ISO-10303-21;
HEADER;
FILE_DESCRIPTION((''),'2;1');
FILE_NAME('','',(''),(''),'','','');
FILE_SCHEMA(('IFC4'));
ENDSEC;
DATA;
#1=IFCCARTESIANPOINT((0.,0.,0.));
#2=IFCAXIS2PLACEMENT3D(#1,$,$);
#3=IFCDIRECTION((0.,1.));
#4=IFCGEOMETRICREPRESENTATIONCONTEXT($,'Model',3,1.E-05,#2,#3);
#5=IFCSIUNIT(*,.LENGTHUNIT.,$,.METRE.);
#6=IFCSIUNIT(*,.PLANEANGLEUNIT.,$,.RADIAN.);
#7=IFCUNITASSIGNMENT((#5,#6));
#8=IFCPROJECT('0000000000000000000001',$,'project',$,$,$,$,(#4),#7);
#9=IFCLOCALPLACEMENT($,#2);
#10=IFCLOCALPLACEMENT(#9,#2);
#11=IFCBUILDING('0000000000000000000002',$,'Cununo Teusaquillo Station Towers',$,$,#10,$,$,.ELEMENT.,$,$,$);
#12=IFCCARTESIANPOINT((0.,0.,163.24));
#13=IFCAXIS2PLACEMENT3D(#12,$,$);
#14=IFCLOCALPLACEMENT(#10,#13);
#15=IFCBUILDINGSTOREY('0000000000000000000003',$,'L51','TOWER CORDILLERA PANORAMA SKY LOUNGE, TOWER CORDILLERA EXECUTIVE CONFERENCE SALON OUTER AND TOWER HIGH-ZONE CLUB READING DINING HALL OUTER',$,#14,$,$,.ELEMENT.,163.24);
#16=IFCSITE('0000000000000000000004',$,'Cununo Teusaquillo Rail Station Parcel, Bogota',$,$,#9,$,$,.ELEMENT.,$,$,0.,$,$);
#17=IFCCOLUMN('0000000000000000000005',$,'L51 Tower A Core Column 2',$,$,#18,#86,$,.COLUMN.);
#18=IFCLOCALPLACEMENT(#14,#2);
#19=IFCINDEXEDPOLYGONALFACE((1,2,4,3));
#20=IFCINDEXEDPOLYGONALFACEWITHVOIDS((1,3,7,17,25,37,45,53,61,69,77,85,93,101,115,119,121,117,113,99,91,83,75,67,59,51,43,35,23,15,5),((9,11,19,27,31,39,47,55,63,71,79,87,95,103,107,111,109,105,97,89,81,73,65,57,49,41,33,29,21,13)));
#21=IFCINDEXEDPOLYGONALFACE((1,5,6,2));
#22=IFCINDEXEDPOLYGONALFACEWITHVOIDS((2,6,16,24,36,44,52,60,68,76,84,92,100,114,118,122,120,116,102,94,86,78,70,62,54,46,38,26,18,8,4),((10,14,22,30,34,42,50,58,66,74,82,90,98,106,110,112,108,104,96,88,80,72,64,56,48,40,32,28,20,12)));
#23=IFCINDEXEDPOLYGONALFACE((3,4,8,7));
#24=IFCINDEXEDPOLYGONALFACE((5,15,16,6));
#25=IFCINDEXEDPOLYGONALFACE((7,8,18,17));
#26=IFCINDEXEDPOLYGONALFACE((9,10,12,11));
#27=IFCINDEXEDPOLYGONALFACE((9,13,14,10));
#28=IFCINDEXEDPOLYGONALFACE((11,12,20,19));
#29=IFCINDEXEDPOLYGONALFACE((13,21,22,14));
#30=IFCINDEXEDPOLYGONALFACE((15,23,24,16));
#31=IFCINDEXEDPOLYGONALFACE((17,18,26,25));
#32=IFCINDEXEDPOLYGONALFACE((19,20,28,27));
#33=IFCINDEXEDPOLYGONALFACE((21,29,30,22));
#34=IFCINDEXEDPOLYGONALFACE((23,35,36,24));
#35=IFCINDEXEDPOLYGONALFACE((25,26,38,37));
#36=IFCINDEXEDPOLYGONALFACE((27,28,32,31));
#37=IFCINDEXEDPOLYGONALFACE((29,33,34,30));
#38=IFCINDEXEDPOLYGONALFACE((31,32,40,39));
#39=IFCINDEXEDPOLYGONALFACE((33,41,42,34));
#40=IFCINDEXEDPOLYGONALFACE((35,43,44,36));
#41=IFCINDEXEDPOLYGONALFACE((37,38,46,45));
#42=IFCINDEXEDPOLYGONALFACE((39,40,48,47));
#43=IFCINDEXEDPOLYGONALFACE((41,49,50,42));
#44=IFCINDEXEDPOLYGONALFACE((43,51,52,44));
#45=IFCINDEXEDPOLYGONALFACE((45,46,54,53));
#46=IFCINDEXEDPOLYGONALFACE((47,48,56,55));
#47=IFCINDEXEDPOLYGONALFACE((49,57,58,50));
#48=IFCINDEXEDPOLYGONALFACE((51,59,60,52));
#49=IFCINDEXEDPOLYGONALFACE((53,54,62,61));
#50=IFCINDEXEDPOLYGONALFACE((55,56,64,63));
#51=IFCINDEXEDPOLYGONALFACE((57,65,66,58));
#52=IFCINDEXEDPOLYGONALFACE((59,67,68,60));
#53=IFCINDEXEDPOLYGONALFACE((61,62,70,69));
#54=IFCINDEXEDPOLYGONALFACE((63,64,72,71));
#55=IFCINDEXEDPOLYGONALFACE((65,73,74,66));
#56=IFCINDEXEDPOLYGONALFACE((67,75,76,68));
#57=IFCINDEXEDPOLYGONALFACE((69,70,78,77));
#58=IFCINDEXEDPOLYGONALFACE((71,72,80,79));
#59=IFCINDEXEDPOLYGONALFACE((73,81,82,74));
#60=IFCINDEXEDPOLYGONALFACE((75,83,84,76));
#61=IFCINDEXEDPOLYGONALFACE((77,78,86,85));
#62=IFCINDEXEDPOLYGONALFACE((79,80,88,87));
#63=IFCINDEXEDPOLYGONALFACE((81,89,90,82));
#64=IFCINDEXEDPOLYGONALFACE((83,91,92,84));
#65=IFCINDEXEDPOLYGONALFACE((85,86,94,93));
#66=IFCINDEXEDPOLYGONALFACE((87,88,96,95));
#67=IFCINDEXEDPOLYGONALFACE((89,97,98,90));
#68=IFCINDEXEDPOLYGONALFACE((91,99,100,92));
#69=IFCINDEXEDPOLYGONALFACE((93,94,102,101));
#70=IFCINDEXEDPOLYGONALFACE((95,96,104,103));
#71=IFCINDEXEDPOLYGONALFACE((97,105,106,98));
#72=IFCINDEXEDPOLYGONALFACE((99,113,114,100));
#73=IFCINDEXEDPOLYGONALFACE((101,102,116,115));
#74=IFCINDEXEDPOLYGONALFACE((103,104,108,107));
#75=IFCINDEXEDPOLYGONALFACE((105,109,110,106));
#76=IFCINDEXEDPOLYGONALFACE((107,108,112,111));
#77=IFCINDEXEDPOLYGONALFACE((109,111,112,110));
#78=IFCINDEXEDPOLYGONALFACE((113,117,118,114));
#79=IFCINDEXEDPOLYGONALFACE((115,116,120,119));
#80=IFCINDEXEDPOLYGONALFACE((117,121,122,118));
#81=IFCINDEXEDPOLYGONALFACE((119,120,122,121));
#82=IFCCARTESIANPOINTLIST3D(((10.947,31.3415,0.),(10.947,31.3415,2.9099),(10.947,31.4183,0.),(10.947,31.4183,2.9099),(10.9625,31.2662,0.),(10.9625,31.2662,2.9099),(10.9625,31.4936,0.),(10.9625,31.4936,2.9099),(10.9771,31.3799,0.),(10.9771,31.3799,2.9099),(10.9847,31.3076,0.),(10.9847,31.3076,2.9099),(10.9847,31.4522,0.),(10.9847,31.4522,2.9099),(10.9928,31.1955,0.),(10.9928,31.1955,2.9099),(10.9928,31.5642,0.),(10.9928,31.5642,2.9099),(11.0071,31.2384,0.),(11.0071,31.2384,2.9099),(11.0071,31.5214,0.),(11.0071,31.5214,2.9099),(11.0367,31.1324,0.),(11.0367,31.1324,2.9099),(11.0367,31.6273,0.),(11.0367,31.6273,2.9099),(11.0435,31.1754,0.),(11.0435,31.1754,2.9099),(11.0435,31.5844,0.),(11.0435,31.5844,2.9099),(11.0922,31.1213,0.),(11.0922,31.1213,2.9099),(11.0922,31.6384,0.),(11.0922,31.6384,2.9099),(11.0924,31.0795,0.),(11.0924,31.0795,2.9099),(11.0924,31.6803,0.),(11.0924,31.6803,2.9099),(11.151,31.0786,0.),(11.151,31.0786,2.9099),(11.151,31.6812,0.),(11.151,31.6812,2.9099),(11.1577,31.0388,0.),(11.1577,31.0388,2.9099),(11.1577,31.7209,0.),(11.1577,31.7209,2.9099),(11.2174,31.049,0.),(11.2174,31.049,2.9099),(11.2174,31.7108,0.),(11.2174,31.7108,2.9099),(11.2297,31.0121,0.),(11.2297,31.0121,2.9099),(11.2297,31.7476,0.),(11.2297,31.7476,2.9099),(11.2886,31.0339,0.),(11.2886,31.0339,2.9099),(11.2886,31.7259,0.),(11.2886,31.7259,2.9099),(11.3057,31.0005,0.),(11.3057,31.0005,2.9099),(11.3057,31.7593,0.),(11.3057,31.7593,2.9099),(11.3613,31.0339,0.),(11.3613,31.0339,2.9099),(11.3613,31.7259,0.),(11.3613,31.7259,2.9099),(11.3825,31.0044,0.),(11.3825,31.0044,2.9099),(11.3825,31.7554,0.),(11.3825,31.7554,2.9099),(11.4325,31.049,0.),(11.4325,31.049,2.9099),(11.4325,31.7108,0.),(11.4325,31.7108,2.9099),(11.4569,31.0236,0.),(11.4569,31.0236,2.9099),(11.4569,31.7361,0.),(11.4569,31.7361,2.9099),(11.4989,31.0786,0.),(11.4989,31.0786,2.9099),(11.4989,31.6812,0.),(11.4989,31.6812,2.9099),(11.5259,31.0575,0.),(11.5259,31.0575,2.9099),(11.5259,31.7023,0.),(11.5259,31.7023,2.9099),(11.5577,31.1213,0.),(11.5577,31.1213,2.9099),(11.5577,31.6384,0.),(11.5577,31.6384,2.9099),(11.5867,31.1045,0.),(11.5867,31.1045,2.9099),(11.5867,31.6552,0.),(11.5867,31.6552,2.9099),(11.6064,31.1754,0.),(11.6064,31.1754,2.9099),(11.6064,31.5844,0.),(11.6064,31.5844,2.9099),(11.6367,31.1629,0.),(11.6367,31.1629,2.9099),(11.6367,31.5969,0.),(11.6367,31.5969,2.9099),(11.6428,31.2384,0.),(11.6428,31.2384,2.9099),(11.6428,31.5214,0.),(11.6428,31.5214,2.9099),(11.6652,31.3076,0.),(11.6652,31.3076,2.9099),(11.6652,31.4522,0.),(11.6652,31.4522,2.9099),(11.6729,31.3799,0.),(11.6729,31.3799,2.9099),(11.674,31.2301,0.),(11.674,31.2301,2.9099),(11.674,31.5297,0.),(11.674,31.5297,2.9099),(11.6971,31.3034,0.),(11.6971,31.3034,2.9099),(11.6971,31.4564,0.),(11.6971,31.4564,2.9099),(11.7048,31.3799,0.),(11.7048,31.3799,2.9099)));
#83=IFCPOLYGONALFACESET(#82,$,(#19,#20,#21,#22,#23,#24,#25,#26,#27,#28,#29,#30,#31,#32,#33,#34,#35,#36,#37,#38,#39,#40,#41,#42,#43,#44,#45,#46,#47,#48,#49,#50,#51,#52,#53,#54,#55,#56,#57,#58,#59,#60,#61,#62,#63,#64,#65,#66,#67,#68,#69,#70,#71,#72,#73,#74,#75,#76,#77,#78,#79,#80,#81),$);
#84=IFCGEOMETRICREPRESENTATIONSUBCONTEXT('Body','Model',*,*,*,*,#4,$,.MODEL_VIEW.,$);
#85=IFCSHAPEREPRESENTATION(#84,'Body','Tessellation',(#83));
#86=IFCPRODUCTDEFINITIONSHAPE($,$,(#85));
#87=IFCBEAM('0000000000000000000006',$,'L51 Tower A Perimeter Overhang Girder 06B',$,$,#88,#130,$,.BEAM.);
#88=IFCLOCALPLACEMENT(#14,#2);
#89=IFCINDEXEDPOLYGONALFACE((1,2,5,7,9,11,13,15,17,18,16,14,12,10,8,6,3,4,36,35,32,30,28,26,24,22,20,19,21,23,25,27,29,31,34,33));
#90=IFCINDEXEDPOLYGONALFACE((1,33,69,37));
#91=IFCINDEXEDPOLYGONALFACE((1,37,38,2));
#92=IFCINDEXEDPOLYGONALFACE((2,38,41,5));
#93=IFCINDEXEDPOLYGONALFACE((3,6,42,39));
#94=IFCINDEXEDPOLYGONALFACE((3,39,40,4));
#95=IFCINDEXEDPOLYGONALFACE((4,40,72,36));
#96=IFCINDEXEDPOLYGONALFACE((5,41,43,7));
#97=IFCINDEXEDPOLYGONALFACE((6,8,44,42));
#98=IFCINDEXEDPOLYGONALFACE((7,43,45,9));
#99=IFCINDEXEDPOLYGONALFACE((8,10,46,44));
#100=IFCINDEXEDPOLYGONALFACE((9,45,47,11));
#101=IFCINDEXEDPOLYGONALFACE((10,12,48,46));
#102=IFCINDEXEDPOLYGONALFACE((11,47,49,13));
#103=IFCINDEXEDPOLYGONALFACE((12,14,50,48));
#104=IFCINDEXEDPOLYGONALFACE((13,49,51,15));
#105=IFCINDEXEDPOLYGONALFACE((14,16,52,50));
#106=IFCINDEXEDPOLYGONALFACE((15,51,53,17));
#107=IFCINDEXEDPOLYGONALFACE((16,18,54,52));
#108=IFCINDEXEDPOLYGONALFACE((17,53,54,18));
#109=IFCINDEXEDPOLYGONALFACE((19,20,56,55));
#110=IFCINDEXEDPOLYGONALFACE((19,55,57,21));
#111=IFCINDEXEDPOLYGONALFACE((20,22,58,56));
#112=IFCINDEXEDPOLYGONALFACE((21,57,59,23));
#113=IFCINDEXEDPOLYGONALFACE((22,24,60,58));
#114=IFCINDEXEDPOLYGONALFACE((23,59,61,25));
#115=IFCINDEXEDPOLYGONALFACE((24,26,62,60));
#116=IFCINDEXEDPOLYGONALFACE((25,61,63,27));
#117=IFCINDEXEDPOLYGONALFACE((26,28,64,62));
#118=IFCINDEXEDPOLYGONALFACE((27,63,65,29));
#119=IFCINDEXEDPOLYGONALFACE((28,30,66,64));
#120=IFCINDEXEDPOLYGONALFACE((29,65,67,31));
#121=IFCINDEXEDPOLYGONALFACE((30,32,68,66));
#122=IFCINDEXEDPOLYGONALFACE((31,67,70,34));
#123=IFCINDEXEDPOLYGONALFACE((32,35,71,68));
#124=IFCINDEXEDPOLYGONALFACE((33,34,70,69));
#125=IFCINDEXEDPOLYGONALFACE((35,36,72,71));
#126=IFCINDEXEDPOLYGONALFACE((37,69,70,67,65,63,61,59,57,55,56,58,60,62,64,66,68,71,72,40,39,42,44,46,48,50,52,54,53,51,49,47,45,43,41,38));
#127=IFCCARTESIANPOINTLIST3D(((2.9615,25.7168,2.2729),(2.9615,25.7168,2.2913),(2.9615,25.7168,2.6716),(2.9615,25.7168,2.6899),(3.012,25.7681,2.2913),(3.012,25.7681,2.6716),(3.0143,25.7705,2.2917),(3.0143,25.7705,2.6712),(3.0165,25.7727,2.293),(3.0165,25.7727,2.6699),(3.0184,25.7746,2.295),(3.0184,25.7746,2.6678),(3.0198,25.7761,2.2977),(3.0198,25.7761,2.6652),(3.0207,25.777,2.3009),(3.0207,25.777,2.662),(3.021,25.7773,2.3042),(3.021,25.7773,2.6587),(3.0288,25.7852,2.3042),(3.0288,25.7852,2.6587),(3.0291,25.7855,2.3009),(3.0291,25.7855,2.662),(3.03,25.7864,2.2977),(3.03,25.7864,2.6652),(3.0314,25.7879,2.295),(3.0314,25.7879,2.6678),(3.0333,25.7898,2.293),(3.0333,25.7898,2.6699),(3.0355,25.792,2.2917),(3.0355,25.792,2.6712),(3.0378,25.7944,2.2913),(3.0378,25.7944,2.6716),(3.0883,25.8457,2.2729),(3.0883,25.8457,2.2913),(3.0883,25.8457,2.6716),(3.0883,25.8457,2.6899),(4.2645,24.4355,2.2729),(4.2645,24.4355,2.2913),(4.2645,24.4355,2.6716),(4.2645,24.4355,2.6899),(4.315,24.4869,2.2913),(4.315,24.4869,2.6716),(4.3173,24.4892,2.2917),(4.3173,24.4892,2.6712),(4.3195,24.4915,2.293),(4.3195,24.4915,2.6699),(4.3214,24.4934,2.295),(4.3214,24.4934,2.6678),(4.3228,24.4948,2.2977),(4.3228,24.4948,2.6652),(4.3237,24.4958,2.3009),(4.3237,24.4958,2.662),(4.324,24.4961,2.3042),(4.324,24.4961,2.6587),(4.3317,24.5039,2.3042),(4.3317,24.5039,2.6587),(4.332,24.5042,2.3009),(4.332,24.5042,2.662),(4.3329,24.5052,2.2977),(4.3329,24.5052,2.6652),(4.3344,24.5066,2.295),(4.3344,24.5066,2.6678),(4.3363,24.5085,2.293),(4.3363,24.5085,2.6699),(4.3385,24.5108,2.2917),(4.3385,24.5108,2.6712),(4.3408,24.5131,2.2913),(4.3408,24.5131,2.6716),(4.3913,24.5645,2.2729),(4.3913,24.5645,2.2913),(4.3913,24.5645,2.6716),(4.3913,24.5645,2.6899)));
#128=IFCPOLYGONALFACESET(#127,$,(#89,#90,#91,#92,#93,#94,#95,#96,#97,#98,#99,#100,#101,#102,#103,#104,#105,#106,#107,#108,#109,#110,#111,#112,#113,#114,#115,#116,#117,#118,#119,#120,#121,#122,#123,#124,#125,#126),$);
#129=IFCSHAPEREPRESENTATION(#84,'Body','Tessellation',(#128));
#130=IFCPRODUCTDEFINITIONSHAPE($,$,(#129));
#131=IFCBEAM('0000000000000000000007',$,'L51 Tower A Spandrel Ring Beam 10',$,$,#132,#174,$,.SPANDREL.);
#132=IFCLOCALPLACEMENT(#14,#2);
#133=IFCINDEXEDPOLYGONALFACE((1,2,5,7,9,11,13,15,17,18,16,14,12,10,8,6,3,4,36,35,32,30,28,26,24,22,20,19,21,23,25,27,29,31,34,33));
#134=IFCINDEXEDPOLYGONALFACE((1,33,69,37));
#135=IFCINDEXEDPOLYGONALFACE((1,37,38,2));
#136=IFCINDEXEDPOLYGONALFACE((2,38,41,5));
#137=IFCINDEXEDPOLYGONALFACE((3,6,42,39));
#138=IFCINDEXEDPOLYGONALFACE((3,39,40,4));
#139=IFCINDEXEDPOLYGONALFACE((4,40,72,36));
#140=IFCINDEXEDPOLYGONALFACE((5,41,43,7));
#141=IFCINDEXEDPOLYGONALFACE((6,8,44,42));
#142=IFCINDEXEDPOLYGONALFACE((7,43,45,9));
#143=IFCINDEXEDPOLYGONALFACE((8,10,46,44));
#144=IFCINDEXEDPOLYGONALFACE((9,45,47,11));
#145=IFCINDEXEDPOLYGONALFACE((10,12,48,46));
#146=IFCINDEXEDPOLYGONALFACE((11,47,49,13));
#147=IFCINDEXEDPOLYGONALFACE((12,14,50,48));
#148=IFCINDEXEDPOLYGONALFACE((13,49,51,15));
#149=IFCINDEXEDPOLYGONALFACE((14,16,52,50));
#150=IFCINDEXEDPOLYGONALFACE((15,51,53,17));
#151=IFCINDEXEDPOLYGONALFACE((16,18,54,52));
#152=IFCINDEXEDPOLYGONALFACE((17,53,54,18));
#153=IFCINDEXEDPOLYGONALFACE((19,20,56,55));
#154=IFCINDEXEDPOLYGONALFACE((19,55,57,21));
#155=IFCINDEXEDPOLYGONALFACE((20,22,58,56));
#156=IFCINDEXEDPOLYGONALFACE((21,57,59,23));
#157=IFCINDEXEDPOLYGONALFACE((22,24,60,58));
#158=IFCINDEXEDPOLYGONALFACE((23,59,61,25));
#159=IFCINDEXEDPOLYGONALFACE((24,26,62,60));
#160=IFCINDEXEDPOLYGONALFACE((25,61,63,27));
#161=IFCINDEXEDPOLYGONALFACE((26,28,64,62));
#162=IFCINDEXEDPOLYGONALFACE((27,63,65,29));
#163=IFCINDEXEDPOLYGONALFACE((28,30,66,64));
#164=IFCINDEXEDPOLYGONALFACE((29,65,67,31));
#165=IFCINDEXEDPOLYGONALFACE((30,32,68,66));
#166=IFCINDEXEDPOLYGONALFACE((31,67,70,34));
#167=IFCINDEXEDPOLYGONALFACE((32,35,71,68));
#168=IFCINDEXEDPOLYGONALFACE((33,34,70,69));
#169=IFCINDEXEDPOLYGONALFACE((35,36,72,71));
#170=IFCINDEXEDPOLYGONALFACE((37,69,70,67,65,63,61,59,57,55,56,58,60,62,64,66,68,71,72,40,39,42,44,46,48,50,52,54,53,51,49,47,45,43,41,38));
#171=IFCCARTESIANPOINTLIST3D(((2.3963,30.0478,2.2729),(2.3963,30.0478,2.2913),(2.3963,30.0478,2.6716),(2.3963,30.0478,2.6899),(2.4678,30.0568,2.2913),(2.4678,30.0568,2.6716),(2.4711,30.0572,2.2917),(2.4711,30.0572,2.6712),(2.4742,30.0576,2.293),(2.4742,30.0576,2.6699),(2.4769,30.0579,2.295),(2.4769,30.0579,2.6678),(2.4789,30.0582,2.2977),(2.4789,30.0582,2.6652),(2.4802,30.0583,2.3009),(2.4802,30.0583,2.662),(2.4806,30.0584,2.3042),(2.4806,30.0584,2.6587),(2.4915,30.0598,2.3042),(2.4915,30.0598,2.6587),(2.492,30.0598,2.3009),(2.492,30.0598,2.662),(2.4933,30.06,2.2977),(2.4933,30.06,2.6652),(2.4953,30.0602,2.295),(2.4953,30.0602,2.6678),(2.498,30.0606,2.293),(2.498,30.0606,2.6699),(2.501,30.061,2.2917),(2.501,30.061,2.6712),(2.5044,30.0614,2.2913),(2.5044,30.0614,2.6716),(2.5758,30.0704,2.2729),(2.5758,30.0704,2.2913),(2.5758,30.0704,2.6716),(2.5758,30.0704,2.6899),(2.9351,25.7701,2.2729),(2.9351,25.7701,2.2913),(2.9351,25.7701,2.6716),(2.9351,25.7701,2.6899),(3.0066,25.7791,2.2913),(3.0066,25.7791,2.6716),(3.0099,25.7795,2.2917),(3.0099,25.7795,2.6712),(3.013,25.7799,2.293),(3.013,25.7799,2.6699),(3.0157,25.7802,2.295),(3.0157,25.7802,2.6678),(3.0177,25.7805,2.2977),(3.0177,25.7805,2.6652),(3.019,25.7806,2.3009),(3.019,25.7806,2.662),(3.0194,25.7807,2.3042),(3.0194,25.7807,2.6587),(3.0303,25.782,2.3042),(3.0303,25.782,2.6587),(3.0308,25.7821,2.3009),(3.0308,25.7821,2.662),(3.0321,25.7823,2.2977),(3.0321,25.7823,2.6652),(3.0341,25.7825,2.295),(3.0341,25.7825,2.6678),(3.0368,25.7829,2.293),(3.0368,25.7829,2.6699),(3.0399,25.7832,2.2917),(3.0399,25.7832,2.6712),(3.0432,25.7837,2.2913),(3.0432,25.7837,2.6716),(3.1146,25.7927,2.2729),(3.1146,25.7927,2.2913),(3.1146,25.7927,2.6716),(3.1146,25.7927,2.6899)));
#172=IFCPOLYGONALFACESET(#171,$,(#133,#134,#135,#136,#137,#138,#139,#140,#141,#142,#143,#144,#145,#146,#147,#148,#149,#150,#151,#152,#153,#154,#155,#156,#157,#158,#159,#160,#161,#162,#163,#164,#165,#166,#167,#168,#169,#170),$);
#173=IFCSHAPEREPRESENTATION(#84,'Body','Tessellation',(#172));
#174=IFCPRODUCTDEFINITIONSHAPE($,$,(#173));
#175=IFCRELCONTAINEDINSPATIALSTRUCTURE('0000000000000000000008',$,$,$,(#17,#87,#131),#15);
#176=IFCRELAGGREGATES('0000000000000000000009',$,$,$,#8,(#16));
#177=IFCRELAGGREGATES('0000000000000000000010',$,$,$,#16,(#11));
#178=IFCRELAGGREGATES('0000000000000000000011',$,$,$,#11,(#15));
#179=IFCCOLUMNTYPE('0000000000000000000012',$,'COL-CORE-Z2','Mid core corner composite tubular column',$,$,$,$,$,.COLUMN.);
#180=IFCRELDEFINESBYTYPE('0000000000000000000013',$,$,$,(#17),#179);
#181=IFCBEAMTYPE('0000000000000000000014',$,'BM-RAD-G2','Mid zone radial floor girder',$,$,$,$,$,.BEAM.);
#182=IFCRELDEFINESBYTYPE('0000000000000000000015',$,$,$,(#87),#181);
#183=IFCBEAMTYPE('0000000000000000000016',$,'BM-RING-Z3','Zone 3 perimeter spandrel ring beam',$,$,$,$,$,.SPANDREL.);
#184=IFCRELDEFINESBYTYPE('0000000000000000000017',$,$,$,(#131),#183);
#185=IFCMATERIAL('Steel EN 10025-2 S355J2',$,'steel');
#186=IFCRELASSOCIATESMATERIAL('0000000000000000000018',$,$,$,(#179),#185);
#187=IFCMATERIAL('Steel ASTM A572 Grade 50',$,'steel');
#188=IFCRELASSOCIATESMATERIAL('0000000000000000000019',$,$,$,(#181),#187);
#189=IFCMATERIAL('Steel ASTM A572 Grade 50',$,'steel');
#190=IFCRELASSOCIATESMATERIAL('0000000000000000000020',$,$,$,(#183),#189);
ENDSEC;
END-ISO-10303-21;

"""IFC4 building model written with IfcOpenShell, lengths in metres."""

from ifc_helpers import new_model, si_unit, direction, frame, origin, origin_2d, place, context, subcontext, project, spatial, hollow_circle, i_section, extrude, material, material_profile, profile_set, type_object, element, save


model = new_model("IFC4")

# Units and contexts
model_context = context("Model", 3, precision=1e-05, world=origin(), true_north=direction((0.0, 1.0)))
body_context = subcontext(model_context, "Body", "Model", "MODEL_VIEW")
ifc_project = project(units=[si_unit("LENGTHUNIT", "METRE"), si_unit("PLANEANGLEUNIT", "RADIAN")], contexts=[model_context])

# Site, building, storey
site_placement = place(None, origin())
site = spatial("IfcSite", under=ifc_project, at=site_placement, Name="Cununo Teusaquillo Rail Station Parcel, Bogota", CompositionType="ELEMENT", RefElevation=0.0)
building_placement = place(site_placement, origin())
building = spatial("IfcBuilding", under=site, at=building_placement, Name="Cununo Teusaquillo Station Towers", CompositionType="ELEMENT")
storey_placement = place(building_placement, frame((0.0, 0.0, 163.24)))
storey = spatial("IfcBuildingStorey", under=building, at=storey_placement, Name="L51", Description="TOWER CORDILLERA PANORAMA SKY LOUNGE, TOWER CORDILLERA EXECUTIVE CONFERENCE SALON OUTER AND TOWER HIGH-ZONE CLUB READING DINING HALL OUTER", CompositionType="ELEMENT", Elevation=163.24)

# Column
ifc_material_1 = material(Name="Steel EN 10025-2 S355J2", Category="steel")
ifc_material_profile_1 = material_profile(ifc_material_1, hollow_circle(Radius=0.3799, WallThickness=0.032, at=origin_2d()), Name="CHS 760x32")
ifc_profile_set_1 = profile_set([ifc_material_profile_1], Name="Steel EN 10025-2 S355J2")
column_type = type_object("IfcColumnType", Name="COL-CORE-Z2", Description="Mid core corner composite tubular column", PredefinedType="COLUMN", material=ifc_profile_set_1)
column_placement = place(storey_placement, frame((11.325, 31.3799, 0.0), z_axis=(0.0, 0.0, 1.0), x_axis=(1.0, 0.0, 0.0)))
element("IfcColumn", 1, at=column_placement, inside=storey, type_object=column_type, Name="L51 Tower A Core Column 2", PredefinedType="COLUMN", context=body_context, shape_type="SweptSolid", body=[
    extrude(hollow_circle(Radius=0.3799, WallThickness=0.032, at=origin_2d()), origin(), (0.0, 0.0, 1.0), 2.9099),
])

# Beams
ifc_material_2 = material(Name="Steel ASTM A572 Grade 50", Category="steel")
ifc_material_profile_2 = material_profile(ifc_material_2, i_section(OverallWidth=0.1809, OverallDepth=0.417, WebThickness=0.011, FlangeThickness=0.0183, FilletRadius=0.0129, at=origin_2d()), Name="W16X57")
ifc_profile_set_2 = profile_set([ifc_material_profile_2], Name="Steel ASTM A572 Grade 50")
beam_type_1 = type_object("IfcBeamType", Name="BM-RAD-G2", Description="Mid zone radial floor girder", PredefinedType="BEAM", material=ifc_profile_set_2)
beam_1_placement = place(storey_placement, frame((4.3279, 24.5, 2.4814), z_axis=(-0.713027, 0.701137, 0.0), x_axis=(-0.701137, -0.713027, 0.0)))
element("IfcBeam", 2, at=beam_1_placement, inside=storey, type_object=beam_type_1, Name="L51 Tower A Perimeter Overhang Girder 06B", PredefinedType="BEAM", context=body_context, shape_type="SweptSolid", body=[
    extrude(i_section(OverallWidth=0.1809, OverallDepth=0.417, WebThickness=0.011, FlangeThickness=0.0183, FilletRadius=0.0129, at=origin_2d()), origin(), (0.0, 0.0, 1.0), 1.8274),
])
ifc_material_3 = material(Name="Steel ASTM A572 Grade 50", Category="steel")
ifc_material_profile_3 = material_profile(ifc_material_3, i_section(OverallWidth=0.1809, OverallDepth=0.417, WebThickness=0.011, FlangeThickness=0.0183, FilletRadius=0.0129, at=origin_2d()), Name="W16X57")
ifc_profile_set_3 = profile_set([ifc_material_profile_3], Name="Steel ASTM A572 Grade 50")
beam_type_2 = type_object("IfcBeamType", Name="BM-RING-Z3", Description="Zone 3 perimeter spandrel ring beam", PredefinedType="SPANDREL", material=ifc_profile_set_3)
beam_2_placement = place(storey_placement, frame((2.4861, 30.0591, 2.4814), z_axis=(0.124969, -0.992161, 0.0), x_axis=(0.992161, 0.124969, 0.0)))
element("IfcBeam", 3, at=beam_2_placement, inside=storey, type_object=beam_type_2, Name="L51 Tower A Spandrel Ring Beam 10", PredefinedType="SPANDREL", context=body_context, shape_type="SweptSolid", body=[
    extrude(i_section(OverallWidth=0.1809, OverallDepth=0.417, WebThickness=0.011, FlangeThickness=0.0183, FilletRadius=0.0129, at=origin_2d()), origin(), (0.0, 0.0, 1.0), 4.3115),
])

save(model, "model.ifc")
